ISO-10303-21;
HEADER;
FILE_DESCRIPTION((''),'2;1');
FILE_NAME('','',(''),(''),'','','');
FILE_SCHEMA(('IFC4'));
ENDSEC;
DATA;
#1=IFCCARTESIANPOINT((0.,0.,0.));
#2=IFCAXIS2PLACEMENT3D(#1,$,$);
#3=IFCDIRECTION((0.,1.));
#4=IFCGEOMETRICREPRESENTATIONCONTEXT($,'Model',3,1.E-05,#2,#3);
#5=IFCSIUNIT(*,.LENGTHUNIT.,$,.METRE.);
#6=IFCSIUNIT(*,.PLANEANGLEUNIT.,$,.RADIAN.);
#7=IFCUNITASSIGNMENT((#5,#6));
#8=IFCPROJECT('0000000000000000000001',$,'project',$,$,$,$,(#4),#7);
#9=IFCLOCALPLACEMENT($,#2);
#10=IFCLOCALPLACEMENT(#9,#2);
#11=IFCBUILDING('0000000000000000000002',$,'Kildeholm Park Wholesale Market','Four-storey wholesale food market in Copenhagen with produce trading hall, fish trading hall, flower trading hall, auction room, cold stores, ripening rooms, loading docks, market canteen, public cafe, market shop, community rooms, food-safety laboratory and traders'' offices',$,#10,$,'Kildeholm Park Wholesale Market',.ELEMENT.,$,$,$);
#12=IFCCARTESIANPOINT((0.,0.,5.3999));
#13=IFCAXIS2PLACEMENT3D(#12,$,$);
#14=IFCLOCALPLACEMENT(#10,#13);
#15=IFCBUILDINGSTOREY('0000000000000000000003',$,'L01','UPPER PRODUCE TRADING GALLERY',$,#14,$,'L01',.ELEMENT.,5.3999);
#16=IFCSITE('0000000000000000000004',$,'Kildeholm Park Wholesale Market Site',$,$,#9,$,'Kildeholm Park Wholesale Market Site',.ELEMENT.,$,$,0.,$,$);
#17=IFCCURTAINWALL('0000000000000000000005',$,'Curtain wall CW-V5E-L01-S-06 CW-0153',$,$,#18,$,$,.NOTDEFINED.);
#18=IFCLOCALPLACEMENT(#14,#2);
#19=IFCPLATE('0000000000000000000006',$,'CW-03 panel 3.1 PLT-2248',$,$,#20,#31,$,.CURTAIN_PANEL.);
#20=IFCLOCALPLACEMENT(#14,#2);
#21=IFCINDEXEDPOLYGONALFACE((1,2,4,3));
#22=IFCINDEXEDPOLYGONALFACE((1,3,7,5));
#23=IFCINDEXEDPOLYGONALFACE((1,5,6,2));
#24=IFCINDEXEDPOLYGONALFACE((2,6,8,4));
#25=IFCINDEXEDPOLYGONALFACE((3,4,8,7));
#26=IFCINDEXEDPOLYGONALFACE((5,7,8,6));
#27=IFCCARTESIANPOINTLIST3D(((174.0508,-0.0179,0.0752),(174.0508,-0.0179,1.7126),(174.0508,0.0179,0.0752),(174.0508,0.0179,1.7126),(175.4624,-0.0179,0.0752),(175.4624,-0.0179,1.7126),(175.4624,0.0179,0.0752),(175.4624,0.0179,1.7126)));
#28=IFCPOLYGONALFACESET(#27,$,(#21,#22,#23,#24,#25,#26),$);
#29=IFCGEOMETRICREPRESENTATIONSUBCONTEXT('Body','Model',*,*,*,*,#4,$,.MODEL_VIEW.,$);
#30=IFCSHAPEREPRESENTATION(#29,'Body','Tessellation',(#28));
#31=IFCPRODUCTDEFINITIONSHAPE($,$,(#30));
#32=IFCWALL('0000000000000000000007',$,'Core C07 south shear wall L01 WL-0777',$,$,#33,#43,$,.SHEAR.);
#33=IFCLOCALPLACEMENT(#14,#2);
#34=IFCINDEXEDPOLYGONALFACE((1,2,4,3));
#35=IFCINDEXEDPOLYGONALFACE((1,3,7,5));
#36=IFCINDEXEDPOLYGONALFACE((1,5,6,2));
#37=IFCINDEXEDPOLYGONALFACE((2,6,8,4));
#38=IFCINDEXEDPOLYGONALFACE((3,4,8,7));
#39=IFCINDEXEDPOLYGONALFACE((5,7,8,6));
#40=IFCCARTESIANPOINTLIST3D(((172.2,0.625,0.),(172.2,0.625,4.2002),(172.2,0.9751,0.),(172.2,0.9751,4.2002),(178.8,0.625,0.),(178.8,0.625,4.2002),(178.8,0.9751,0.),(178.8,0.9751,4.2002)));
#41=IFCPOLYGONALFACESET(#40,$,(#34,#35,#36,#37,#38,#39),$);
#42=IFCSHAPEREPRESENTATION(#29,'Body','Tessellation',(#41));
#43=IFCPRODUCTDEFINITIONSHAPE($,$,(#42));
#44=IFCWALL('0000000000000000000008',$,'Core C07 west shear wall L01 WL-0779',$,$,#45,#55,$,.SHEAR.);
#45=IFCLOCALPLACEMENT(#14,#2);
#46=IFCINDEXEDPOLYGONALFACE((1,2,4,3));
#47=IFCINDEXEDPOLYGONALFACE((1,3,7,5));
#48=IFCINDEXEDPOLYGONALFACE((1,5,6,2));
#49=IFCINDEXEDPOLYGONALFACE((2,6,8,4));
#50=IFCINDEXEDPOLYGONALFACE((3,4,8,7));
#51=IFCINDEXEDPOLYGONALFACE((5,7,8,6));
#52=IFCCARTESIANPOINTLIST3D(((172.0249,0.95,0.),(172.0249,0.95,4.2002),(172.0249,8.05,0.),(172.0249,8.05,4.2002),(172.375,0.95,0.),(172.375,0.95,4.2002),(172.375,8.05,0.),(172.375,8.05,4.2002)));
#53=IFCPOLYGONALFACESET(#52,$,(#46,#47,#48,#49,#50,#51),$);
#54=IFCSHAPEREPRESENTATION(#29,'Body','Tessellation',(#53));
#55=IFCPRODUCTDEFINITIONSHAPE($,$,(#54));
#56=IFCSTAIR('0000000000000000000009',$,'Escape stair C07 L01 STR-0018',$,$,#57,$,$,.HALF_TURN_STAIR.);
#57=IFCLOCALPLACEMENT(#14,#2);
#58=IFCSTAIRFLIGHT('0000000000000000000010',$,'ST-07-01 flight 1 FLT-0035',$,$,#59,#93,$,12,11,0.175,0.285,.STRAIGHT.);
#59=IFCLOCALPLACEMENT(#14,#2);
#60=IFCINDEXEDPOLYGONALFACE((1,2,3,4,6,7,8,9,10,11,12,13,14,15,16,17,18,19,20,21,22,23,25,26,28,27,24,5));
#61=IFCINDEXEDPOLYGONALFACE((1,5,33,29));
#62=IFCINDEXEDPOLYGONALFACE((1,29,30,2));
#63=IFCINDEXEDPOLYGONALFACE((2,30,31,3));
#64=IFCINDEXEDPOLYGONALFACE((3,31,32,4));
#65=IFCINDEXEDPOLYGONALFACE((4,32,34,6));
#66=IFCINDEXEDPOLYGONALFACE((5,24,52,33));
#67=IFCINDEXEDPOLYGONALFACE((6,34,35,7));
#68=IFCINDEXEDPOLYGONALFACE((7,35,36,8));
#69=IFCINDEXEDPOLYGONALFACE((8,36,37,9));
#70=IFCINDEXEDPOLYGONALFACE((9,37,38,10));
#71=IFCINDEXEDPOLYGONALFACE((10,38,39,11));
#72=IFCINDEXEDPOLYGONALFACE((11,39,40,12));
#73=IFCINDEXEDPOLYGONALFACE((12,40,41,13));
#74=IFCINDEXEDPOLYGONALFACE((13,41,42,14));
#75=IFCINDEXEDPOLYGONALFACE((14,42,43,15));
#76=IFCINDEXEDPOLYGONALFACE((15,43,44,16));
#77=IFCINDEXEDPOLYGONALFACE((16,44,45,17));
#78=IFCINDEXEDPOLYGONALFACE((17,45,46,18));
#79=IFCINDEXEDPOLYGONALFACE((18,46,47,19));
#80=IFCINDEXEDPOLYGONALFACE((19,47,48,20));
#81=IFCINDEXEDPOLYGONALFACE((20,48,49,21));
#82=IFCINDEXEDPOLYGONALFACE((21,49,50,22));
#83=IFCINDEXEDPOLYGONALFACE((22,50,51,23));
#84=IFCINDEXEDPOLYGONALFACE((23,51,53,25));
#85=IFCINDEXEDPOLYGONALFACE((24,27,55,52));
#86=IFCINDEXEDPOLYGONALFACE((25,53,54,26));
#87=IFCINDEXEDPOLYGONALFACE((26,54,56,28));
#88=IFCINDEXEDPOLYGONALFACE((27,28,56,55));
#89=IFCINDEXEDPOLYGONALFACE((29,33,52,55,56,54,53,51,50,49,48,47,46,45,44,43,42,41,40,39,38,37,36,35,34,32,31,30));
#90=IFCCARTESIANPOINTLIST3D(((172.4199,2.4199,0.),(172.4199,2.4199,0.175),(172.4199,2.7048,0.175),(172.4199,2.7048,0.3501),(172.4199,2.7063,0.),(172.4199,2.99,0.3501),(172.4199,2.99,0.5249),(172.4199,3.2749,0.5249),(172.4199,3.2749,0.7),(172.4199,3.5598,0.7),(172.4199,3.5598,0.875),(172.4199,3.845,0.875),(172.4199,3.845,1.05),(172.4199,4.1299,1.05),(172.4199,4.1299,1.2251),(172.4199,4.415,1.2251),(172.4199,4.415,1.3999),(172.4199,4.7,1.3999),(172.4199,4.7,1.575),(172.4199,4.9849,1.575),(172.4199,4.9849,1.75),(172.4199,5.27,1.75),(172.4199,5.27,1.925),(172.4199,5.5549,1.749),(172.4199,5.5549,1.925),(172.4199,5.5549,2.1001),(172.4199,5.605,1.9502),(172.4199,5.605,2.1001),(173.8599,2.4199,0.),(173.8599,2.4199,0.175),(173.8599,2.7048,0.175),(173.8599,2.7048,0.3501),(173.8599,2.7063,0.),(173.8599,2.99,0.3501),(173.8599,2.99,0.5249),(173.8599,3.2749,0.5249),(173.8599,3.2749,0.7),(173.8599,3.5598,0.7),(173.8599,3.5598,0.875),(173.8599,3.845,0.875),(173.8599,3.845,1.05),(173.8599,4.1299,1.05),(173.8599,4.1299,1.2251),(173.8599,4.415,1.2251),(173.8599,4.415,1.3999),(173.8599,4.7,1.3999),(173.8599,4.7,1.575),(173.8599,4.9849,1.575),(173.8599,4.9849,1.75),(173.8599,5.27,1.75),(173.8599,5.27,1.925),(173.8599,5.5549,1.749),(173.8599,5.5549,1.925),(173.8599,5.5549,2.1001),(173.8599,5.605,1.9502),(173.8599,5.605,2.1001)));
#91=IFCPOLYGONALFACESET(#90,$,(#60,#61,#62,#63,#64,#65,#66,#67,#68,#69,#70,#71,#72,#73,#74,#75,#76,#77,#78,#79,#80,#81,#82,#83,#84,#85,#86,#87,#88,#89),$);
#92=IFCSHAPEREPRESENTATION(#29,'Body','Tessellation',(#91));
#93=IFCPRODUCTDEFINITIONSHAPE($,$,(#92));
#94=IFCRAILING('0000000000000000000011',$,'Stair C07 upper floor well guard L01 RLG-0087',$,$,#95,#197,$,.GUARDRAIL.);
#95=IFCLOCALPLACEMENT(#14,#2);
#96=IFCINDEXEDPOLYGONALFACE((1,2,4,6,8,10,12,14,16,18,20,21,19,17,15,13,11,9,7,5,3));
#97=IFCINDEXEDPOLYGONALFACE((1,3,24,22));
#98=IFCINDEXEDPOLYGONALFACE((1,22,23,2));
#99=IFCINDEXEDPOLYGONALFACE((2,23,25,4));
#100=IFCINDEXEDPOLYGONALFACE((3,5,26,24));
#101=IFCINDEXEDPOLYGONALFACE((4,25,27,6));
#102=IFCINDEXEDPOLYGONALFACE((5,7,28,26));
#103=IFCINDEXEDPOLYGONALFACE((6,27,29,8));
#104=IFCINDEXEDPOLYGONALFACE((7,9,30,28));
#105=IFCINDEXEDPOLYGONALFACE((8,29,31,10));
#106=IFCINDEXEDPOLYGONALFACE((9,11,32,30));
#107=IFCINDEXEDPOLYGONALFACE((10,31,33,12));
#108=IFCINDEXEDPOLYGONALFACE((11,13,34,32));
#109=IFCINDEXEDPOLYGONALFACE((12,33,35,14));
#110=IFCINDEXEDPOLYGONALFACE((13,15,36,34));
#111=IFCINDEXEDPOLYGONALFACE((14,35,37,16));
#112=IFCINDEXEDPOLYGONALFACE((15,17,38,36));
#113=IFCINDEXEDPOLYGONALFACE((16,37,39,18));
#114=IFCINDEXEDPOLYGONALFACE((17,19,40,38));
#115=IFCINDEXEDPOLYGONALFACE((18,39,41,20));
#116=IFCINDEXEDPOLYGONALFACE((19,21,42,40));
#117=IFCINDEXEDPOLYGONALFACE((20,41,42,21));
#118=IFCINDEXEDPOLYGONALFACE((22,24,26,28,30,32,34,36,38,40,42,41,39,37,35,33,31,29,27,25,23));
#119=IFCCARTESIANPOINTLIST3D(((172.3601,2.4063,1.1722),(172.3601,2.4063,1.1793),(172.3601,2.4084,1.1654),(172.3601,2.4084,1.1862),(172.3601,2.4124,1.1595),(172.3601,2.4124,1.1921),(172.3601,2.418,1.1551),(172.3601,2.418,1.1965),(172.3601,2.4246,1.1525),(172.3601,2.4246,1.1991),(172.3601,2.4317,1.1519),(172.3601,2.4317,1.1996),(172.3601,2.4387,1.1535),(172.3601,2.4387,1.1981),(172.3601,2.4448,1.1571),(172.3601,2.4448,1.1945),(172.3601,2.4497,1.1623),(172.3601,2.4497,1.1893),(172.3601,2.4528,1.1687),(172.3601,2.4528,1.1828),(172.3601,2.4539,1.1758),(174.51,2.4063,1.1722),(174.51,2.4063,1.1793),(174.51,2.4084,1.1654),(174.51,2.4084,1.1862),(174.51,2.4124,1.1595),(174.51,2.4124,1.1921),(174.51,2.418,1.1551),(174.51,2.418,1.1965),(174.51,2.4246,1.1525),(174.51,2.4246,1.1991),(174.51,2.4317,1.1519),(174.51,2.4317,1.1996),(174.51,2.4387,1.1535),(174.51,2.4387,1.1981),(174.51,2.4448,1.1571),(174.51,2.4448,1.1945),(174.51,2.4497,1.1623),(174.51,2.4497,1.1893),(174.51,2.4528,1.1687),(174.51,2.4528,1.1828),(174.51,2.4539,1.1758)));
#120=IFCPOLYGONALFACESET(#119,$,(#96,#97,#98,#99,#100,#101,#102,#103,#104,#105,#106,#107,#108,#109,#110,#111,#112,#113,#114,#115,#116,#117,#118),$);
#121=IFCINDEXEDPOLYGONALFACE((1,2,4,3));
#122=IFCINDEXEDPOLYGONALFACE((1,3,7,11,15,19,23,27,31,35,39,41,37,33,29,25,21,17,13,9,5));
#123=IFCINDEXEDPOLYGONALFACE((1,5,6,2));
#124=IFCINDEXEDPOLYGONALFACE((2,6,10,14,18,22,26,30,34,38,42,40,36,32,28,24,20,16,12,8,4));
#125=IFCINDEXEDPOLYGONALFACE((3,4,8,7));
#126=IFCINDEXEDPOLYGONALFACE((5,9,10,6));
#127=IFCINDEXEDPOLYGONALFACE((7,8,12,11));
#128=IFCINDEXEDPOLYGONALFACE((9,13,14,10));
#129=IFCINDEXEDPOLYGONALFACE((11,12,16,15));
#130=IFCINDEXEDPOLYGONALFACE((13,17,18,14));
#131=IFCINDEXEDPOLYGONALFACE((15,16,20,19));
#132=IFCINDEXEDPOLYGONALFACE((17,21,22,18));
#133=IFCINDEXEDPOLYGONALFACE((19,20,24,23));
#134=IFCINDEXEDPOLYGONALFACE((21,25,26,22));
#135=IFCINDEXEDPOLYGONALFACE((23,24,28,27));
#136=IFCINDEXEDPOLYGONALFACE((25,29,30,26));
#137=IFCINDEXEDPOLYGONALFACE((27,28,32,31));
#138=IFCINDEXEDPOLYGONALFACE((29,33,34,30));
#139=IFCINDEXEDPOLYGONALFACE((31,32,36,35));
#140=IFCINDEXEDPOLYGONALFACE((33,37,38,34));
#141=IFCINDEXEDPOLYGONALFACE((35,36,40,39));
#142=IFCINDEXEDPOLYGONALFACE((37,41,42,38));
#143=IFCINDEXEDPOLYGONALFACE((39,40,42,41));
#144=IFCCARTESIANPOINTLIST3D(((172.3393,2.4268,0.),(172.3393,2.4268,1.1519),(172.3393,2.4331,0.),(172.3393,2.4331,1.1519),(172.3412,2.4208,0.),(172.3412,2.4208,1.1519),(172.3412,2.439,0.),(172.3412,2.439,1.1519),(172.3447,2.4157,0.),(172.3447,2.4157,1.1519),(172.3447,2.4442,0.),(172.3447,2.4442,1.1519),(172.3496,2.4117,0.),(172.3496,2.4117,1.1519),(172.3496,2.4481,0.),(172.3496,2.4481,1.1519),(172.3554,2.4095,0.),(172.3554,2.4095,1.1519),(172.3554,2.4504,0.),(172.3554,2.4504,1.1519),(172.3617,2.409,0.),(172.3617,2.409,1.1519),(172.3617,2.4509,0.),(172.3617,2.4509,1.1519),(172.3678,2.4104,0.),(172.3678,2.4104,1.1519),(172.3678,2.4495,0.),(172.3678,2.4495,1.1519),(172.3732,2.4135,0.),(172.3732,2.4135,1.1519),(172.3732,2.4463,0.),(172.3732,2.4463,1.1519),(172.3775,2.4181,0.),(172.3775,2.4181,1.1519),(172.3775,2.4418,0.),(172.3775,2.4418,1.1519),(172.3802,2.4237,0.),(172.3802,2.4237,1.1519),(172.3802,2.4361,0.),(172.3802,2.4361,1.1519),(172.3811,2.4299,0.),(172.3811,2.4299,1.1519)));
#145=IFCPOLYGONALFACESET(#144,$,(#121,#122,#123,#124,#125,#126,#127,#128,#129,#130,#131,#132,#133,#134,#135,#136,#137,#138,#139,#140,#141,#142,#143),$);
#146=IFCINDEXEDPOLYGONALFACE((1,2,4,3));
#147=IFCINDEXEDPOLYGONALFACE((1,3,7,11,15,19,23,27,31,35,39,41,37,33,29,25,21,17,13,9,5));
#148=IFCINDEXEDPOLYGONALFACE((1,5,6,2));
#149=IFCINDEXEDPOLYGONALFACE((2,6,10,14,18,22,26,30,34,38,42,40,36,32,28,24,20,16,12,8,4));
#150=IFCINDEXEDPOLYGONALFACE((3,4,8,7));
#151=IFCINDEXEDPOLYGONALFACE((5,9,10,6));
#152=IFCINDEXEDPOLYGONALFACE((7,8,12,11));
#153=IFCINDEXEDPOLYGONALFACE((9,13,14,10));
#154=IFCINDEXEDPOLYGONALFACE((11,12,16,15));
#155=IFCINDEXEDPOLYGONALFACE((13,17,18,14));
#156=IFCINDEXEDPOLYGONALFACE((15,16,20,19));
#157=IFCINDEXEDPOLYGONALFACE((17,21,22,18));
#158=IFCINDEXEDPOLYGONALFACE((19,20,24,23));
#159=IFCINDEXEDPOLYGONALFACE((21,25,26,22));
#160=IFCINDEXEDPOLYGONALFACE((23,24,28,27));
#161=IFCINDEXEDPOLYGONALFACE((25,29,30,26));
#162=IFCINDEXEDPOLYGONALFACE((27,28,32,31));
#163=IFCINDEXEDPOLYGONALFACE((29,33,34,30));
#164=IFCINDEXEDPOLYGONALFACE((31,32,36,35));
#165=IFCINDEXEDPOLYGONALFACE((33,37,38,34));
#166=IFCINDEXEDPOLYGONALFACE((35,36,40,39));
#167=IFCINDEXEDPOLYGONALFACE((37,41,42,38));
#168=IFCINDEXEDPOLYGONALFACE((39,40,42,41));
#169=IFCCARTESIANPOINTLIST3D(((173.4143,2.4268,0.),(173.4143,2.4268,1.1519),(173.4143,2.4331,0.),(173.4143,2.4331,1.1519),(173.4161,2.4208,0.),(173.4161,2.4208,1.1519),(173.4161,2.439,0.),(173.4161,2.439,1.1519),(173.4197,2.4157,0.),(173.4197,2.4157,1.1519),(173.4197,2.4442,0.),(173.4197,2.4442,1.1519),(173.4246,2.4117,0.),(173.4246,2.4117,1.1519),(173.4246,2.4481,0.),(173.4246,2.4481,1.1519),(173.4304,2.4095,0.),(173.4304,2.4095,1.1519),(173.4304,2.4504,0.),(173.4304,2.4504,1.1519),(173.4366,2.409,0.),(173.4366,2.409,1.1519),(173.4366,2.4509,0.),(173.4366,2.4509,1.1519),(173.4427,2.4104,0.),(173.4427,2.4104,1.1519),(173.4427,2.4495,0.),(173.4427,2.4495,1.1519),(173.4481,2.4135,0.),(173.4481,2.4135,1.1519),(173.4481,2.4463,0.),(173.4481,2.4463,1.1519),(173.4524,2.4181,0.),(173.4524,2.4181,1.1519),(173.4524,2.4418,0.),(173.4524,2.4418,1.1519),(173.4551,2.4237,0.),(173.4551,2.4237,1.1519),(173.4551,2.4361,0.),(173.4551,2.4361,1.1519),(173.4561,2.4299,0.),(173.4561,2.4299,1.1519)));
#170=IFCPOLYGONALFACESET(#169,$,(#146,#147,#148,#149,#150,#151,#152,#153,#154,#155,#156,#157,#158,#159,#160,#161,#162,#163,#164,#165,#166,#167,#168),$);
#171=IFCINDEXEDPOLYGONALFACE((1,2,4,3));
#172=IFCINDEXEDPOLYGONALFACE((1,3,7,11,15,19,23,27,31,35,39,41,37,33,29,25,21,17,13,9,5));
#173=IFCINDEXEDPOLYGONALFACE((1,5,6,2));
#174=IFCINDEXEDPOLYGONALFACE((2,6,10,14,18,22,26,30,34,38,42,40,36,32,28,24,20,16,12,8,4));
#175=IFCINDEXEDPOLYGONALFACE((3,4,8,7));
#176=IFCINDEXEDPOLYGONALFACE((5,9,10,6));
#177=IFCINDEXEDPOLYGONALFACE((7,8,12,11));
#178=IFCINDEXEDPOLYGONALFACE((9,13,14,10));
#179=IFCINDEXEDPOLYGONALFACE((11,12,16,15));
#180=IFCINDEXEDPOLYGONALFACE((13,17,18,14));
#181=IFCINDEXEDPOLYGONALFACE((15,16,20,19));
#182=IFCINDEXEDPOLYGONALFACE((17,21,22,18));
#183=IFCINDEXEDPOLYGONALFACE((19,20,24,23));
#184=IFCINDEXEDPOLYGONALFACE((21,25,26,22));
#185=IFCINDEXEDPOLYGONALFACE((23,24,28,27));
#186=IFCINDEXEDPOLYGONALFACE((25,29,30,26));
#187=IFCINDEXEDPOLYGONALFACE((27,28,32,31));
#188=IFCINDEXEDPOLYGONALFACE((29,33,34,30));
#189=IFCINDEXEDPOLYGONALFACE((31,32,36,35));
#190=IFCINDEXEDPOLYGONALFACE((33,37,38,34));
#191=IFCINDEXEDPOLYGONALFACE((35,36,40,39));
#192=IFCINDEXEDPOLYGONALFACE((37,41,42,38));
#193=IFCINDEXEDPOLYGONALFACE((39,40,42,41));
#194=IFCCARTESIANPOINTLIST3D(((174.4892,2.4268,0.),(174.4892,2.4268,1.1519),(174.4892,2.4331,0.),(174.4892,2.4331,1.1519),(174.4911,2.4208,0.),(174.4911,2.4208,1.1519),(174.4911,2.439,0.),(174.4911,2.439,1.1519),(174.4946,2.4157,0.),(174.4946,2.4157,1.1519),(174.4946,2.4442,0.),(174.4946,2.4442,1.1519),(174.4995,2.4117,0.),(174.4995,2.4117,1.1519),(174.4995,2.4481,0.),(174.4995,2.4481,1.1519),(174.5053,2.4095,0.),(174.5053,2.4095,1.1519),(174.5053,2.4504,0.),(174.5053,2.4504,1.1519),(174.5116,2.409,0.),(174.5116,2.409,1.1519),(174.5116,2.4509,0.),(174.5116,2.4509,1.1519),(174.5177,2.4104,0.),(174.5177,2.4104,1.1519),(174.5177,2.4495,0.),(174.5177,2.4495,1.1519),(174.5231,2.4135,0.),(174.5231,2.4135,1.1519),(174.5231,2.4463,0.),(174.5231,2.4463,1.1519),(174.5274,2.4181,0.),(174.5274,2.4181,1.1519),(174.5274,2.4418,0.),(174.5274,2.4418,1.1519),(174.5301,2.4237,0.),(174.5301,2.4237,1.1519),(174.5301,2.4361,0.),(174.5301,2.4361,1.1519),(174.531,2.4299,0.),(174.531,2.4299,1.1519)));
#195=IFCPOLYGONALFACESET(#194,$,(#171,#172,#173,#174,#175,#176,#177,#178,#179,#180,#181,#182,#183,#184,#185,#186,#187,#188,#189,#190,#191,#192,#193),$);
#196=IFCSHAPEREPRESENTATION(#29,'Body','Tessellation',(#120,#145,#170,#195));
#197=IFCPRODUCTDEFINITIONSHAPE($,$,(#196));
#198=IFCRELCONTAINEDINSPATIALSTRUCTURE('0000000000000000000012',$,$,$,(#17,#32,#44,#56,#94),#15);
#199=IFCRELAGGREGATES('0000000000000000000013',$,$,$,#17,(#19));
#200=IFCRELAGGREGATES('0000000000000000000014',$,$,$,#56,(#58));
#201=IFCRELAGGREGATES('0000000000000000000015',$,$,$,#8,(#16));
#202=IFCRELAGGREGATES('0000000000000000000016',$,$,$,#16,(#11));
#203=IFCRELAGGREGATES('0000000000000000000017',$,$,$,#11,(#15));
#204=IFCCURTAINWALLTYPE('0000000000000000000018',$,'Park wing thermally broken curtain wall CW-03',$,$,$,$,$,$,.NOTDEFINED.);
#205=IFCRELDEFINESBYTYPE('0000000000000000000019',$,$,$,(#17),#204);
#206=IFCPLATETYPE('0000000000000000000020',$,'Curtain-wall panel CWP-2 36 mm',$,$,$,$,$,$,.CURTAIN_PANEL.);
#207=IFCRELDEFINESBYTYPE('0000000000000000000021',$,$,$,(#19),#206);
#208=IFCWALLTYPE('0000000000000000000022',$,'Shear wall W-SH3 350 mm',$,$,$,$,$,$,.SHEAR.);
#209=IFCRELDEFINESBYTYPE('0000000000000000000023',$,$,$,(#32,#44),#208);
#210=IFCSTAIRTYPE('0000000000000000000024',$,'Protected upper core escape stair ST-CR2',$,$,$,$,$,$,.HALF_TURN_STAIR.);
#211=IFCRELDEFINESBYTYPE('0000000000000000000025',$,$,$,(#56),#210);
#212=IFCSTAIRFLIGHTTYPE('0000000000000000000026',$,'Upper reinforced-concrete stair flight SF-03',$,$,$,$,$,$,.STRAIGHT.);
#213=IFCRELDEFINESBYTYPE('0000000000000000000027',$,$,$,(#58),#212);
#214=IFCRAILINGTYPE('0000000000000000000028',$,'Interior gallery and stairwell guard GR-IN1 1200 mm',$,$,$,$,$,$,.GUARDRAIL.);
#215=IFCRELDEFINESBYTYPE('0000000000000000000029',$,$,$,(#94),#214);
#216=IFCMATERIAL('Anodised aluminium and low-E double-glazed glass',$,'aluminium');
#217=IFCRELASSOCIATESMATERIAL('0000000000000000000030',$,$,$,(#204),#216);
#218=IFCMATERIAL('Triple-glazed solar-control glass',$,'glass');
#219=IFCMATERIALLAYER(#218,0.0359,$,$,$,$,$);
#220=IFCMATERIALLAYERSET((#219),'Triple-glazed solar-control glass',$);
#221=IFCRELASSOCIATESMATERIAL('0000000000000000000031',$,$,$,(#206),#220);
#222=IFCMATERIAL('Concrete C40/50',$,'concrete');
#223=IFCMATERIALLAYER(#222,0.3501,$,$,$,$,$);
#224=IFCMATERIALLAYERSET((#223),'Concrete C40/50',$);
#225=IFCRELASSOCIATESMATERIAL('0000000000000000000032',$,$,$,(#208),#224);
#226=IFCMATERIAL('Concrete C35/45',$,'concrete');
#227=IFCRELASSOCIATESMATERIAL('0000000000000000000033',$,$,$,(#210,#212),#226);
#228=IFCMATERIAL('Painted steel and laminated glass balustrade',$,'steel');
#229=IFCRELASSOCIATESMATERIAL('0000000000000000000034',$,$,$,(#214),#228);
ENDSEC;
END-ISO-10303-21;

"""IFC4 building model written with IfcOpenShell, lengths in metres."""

from ifc_helpers import new_model, si_unit, direction, frame, frame_2d, origin, origin_2d, place, context, subcontext, project, spatial, polyline, rectangle, circle, outline, extrude, material, layer, layer_set, type_object, element, aggregate, save


model = new_model("IFC4")

# Units and contexts
model_context = context("Model", 3, precision=1e-05, world=origin(), true_north=direction((0.0, 1.0)))
body_context = subcontext(model_context, "Body", "Model", "MODEL_VIEW")
ifc_project = project(units=[si_unit("LENGTHUNIT", "METRE"), si_unit("PLANEANGLEUNIT", "RADIAN")], contexts=[model_context])

# Site, building, storey
site_placement = place(None, origin())
site = spatial("IfcSite", under=ifc_project, at=site_placement, Name="Kildeholm Park Wholesale Market Site", LongName="Kildeholm Park Wholesale Market Site", CompositionType="ELEMENT", RefElevation=0.0)
building_placement = place(site_placement, origin())
building = spatial("IfcBuilding", under=site, at=building_placement, Name="Kildeholm Park Wholesale Market", Description="Four-storey wholesale food market in Copenhagen with produce trading hall, fish trading hall, flower trading hall, auction room, cold stores, ripening rooms, loading docks, market canteen, public cafe, market shop, community rooms, food-safety laboratory and traders' offices", LongName="Kildeholm Park Wholesale Market", CompositionType="ELEMENT")
storey_placement = place(building_placement, frame((0.0, 0.0, 5.3999)))
storey = spatial("IfcBuildingStorey", under=building, at=storey_placement, Name="L01", Description="UPPER PRODUCE TRADING GALLERY", LongName="L01", CompositionType="ELEMENT", Elevation=5.3999)

# Curtain wall, plate
ifc_material_1 = material(Name="Anodised aluminium and low-E double-glazed glass", Category="aluminium")
curtain_wall_type = type_object("IfcCurtainWallType", Name="Park wing thermally broken curtain wall CW-03", PredefinedType="NOTDEFINED", material=ifc_material_1)
curtain_wall_placement = place(storey_placement, origin())
curtain_wall = element("IfcCurtainWall", 1, at=curtain_wall_placement, inside=storey, type_object=curtain_wall_type, Name="Curtain wall CW-V5E-L01-S-06 CW-0153", PredefinedType="NOTDEFINED")
ifc_material_2 = material(Name="Triple-glazed solar-control glass", Category="glass")
ifc_layer_1 = layer(ifc_material_2, 0.0359)
ifc_layer_set_1 = layer_set([ifc_layer_1], Name="Triple-glazed solar-control glass")
plate_type = type_object("IfcPlateType", Name="Curtain-wall panel CWP-2 36 mm", PredefinedType="CURTAIN_PANEL", material=ifc_layer_set_1)
plate_1_placement = place(storey_placement, frame((174.7566, 0.0, 0.0752), z_axis=(0.0, 0.0, 1.0), x_axis=(1.0, 0.0, 0.0)))
plate_1 = element("IfcPlate", 2, at=plate_1_placement, type_object=plate_type, Name="CW-03 panel 3.1 PLT-2248", PredefinedType="CURTAIN_PANEL", context=body_context, shape_type="SweptSolid", body=[
    extrude(rectangle(XDim=1.4116, YDim=0.0359, at=origin_2d()), origin(), (0.0, 0.0, 1.0), 1.6375),
])
aggregate(curtain_wall, [plate_1])

# Walls
ifc_material_3 = material(Name="Concrete C40/50", Category="concrete")
ifc_layer_2 = layer(ifc_material_3, 0.3501)
ifc_layer_set_2 = layer_set([ifc_layer_2], Name="Concrete C40/50")
wall_type = type_object("IfcWallType", Name="Shear wall W-SH3 350 mm", PredefinedType="SHEAR", material=ifc_layer_set_2)
wall_1_placement = place(storey_placement, frame((172.2, 0.8, 0.0), z_axis=(0.0, 0.0, 1.0), x_axis=(1.0, 0.0, 0.0)))
element("IfcWall", 3, at=wall_1_placement, inside=storey, type_object=wall_type, Name="Core C07 south shear wall L01 WL-0777", PredefinedType="SHEAR", context=body_context, shape_type="SweptSolid", body=[
    extrude(rectangle(XDim=6.6001, YDim=0.3501, at=frame_2d((3.3, 0.0))), origin(), (0.0, 0.0, 1.0), 4.2002),
])
wall_2_placement = place(storey_placement, frame((172.2, 0.95, 0.0), z_axis=(0.0, 0.0, 1.0), x_axis=(0.0, 1.0, 0.0)))
element("IfcWall", 4, at=wall_2_placement, inside=storey, type_object=wall_type, Name="Core C07 west shear wall L01 WL-0779", PredefinedType="SHEAR", context=body_context, shape_type="SweptSolid", body=[
    extrude(rectangle(XDim=7.1001, YDim=0.3501, at=frame_2d((3.55, 0.0))), origin(), (0.0, 0.0, 1.0), 4.2002),
])

# Stair, stair flight
ifc_material_4 = material(Name="Concrete C35/45", Category="concrete")
stair_type = type_object("IfcStairType", Name="Protected upper core escape stair ST-CR2", PredefinedType="HALF_TURN_STAIR", material=ifc_material_4)
stair_placement = place(storey_placement, origin())
stair = element("IfcStair", 5, at=stair_placement, inside=storey, type_object=stair_type, Name="Escape stair C07 L01 STR-0018", PredefinedType="HALF_TURN_STAIR")
stair_flight_type = type_object("IfcStairFlightType", Name="Upper reinforced-concrete stair flight SF-03", PredefinedType="STRAIGHT", material=ifc_material_4)
stair_flight_placement = place(storey_placement, frame((173.1399, 2.4199, 0.0), z_axis=(0.0, 0.0, 1.0), x_axis=(0.0, 1.0, 0.0)))
stair_flight = element("IfcStairFlight", 6, at=stair_flight_placement, type_object=stair_flight_type, Name="ST-07-01 flight 1 FLT-0035", NumberOfRisers=12, NumberOfTreads=11, PredefinedType="STRAIGHT", RiserHeight=0.175, TreadLength=0.285, context=body_context, shape_type="SweptSolid", body=[
    extrude(outline(polyline([(0.0, 0.0), (0.0, 0.175), (0.2849, 0.175), (0.2849, 0.3501), (0.5701, 0.3501), (0.5701, 0.5249), (0.855, 0.5249), (0.855, 0.7), (1.1399, 0.7), (1.1399, 0.875), (1.425, 0.875), (1.425, 1.05), (1.71, 1.05), (1.71, 1.2251), (1.9951, 1.2251), (1.9951, 1.3999), (2.28, 1.3999), (2.28, 1.575), (2.5649, 1.575), (2.5649, 1.75), (2.8501, 1.75), (2.8501, 1.925), (3.135, 1.925), (3.135, 2.1001), (3.1851, 2.1001), (3.1851, 1.9502), (3.135, 1.749), (0.2864, 0.0), (0.0, 0.0)])), frame((0.0, 0.72, 0.0), z_axis=(0.0, -1.0, 0.0), x_axis=(1.0, 0.0, 0.0)), (0.0, 0.0, 1.0), 1.4399),
])
aggregate(stair, [stair_flight])

# Railing
ifc_material_5 = material(Name="Painted steel and laminated glass balustrade", Category="steel")
railing_type_1 = type_object("IfcRailingType", Name="Interior gallery and stairwell guard GR-IN1 1200 mm", PredefinedType="GUARDRAIL", material=ifc_material_5)
railing_1_placement = place(storey_placement, frame((172.3601, 2.4299, 0.0)))
element("IfcRailing", 7, at=railing_1_placement, inside=storey, type_object=railing_type_1, Name="Stair C07 upper floor well guard L01 RLG-0087", PredefinedType="GUARDRAIL", context=body_context, shape_type="SweptSolid", body=[
    extrude(circle(Radius=0.0239, at=origin_2d()), frame((0.0, 0.0, 1.1758), z_axis=(1.0, 0.0, 0.0), x_axis=(0.0, 1.0, 0.0)), (0.0, 0.0, 1.0), 2.1499),
    extrude(circle(Radius=0.021, at=origin_2d()), origin(), (0.0, 0.0, 1.0), 1.1519),
    extrude(circle(Radius=0.021, at=origin_2d()), frame((1.075, 0.0, 0.0)), (0.0, 0.0, 1.0), 1.1519),
    extrude(circle(Radius=0.021, at=origin_2d()), frame((2.1499, 0.0, 0.0)), (0.0, 0.0, 1.0), 1.1519),
])

save(model, "model.ifc")
